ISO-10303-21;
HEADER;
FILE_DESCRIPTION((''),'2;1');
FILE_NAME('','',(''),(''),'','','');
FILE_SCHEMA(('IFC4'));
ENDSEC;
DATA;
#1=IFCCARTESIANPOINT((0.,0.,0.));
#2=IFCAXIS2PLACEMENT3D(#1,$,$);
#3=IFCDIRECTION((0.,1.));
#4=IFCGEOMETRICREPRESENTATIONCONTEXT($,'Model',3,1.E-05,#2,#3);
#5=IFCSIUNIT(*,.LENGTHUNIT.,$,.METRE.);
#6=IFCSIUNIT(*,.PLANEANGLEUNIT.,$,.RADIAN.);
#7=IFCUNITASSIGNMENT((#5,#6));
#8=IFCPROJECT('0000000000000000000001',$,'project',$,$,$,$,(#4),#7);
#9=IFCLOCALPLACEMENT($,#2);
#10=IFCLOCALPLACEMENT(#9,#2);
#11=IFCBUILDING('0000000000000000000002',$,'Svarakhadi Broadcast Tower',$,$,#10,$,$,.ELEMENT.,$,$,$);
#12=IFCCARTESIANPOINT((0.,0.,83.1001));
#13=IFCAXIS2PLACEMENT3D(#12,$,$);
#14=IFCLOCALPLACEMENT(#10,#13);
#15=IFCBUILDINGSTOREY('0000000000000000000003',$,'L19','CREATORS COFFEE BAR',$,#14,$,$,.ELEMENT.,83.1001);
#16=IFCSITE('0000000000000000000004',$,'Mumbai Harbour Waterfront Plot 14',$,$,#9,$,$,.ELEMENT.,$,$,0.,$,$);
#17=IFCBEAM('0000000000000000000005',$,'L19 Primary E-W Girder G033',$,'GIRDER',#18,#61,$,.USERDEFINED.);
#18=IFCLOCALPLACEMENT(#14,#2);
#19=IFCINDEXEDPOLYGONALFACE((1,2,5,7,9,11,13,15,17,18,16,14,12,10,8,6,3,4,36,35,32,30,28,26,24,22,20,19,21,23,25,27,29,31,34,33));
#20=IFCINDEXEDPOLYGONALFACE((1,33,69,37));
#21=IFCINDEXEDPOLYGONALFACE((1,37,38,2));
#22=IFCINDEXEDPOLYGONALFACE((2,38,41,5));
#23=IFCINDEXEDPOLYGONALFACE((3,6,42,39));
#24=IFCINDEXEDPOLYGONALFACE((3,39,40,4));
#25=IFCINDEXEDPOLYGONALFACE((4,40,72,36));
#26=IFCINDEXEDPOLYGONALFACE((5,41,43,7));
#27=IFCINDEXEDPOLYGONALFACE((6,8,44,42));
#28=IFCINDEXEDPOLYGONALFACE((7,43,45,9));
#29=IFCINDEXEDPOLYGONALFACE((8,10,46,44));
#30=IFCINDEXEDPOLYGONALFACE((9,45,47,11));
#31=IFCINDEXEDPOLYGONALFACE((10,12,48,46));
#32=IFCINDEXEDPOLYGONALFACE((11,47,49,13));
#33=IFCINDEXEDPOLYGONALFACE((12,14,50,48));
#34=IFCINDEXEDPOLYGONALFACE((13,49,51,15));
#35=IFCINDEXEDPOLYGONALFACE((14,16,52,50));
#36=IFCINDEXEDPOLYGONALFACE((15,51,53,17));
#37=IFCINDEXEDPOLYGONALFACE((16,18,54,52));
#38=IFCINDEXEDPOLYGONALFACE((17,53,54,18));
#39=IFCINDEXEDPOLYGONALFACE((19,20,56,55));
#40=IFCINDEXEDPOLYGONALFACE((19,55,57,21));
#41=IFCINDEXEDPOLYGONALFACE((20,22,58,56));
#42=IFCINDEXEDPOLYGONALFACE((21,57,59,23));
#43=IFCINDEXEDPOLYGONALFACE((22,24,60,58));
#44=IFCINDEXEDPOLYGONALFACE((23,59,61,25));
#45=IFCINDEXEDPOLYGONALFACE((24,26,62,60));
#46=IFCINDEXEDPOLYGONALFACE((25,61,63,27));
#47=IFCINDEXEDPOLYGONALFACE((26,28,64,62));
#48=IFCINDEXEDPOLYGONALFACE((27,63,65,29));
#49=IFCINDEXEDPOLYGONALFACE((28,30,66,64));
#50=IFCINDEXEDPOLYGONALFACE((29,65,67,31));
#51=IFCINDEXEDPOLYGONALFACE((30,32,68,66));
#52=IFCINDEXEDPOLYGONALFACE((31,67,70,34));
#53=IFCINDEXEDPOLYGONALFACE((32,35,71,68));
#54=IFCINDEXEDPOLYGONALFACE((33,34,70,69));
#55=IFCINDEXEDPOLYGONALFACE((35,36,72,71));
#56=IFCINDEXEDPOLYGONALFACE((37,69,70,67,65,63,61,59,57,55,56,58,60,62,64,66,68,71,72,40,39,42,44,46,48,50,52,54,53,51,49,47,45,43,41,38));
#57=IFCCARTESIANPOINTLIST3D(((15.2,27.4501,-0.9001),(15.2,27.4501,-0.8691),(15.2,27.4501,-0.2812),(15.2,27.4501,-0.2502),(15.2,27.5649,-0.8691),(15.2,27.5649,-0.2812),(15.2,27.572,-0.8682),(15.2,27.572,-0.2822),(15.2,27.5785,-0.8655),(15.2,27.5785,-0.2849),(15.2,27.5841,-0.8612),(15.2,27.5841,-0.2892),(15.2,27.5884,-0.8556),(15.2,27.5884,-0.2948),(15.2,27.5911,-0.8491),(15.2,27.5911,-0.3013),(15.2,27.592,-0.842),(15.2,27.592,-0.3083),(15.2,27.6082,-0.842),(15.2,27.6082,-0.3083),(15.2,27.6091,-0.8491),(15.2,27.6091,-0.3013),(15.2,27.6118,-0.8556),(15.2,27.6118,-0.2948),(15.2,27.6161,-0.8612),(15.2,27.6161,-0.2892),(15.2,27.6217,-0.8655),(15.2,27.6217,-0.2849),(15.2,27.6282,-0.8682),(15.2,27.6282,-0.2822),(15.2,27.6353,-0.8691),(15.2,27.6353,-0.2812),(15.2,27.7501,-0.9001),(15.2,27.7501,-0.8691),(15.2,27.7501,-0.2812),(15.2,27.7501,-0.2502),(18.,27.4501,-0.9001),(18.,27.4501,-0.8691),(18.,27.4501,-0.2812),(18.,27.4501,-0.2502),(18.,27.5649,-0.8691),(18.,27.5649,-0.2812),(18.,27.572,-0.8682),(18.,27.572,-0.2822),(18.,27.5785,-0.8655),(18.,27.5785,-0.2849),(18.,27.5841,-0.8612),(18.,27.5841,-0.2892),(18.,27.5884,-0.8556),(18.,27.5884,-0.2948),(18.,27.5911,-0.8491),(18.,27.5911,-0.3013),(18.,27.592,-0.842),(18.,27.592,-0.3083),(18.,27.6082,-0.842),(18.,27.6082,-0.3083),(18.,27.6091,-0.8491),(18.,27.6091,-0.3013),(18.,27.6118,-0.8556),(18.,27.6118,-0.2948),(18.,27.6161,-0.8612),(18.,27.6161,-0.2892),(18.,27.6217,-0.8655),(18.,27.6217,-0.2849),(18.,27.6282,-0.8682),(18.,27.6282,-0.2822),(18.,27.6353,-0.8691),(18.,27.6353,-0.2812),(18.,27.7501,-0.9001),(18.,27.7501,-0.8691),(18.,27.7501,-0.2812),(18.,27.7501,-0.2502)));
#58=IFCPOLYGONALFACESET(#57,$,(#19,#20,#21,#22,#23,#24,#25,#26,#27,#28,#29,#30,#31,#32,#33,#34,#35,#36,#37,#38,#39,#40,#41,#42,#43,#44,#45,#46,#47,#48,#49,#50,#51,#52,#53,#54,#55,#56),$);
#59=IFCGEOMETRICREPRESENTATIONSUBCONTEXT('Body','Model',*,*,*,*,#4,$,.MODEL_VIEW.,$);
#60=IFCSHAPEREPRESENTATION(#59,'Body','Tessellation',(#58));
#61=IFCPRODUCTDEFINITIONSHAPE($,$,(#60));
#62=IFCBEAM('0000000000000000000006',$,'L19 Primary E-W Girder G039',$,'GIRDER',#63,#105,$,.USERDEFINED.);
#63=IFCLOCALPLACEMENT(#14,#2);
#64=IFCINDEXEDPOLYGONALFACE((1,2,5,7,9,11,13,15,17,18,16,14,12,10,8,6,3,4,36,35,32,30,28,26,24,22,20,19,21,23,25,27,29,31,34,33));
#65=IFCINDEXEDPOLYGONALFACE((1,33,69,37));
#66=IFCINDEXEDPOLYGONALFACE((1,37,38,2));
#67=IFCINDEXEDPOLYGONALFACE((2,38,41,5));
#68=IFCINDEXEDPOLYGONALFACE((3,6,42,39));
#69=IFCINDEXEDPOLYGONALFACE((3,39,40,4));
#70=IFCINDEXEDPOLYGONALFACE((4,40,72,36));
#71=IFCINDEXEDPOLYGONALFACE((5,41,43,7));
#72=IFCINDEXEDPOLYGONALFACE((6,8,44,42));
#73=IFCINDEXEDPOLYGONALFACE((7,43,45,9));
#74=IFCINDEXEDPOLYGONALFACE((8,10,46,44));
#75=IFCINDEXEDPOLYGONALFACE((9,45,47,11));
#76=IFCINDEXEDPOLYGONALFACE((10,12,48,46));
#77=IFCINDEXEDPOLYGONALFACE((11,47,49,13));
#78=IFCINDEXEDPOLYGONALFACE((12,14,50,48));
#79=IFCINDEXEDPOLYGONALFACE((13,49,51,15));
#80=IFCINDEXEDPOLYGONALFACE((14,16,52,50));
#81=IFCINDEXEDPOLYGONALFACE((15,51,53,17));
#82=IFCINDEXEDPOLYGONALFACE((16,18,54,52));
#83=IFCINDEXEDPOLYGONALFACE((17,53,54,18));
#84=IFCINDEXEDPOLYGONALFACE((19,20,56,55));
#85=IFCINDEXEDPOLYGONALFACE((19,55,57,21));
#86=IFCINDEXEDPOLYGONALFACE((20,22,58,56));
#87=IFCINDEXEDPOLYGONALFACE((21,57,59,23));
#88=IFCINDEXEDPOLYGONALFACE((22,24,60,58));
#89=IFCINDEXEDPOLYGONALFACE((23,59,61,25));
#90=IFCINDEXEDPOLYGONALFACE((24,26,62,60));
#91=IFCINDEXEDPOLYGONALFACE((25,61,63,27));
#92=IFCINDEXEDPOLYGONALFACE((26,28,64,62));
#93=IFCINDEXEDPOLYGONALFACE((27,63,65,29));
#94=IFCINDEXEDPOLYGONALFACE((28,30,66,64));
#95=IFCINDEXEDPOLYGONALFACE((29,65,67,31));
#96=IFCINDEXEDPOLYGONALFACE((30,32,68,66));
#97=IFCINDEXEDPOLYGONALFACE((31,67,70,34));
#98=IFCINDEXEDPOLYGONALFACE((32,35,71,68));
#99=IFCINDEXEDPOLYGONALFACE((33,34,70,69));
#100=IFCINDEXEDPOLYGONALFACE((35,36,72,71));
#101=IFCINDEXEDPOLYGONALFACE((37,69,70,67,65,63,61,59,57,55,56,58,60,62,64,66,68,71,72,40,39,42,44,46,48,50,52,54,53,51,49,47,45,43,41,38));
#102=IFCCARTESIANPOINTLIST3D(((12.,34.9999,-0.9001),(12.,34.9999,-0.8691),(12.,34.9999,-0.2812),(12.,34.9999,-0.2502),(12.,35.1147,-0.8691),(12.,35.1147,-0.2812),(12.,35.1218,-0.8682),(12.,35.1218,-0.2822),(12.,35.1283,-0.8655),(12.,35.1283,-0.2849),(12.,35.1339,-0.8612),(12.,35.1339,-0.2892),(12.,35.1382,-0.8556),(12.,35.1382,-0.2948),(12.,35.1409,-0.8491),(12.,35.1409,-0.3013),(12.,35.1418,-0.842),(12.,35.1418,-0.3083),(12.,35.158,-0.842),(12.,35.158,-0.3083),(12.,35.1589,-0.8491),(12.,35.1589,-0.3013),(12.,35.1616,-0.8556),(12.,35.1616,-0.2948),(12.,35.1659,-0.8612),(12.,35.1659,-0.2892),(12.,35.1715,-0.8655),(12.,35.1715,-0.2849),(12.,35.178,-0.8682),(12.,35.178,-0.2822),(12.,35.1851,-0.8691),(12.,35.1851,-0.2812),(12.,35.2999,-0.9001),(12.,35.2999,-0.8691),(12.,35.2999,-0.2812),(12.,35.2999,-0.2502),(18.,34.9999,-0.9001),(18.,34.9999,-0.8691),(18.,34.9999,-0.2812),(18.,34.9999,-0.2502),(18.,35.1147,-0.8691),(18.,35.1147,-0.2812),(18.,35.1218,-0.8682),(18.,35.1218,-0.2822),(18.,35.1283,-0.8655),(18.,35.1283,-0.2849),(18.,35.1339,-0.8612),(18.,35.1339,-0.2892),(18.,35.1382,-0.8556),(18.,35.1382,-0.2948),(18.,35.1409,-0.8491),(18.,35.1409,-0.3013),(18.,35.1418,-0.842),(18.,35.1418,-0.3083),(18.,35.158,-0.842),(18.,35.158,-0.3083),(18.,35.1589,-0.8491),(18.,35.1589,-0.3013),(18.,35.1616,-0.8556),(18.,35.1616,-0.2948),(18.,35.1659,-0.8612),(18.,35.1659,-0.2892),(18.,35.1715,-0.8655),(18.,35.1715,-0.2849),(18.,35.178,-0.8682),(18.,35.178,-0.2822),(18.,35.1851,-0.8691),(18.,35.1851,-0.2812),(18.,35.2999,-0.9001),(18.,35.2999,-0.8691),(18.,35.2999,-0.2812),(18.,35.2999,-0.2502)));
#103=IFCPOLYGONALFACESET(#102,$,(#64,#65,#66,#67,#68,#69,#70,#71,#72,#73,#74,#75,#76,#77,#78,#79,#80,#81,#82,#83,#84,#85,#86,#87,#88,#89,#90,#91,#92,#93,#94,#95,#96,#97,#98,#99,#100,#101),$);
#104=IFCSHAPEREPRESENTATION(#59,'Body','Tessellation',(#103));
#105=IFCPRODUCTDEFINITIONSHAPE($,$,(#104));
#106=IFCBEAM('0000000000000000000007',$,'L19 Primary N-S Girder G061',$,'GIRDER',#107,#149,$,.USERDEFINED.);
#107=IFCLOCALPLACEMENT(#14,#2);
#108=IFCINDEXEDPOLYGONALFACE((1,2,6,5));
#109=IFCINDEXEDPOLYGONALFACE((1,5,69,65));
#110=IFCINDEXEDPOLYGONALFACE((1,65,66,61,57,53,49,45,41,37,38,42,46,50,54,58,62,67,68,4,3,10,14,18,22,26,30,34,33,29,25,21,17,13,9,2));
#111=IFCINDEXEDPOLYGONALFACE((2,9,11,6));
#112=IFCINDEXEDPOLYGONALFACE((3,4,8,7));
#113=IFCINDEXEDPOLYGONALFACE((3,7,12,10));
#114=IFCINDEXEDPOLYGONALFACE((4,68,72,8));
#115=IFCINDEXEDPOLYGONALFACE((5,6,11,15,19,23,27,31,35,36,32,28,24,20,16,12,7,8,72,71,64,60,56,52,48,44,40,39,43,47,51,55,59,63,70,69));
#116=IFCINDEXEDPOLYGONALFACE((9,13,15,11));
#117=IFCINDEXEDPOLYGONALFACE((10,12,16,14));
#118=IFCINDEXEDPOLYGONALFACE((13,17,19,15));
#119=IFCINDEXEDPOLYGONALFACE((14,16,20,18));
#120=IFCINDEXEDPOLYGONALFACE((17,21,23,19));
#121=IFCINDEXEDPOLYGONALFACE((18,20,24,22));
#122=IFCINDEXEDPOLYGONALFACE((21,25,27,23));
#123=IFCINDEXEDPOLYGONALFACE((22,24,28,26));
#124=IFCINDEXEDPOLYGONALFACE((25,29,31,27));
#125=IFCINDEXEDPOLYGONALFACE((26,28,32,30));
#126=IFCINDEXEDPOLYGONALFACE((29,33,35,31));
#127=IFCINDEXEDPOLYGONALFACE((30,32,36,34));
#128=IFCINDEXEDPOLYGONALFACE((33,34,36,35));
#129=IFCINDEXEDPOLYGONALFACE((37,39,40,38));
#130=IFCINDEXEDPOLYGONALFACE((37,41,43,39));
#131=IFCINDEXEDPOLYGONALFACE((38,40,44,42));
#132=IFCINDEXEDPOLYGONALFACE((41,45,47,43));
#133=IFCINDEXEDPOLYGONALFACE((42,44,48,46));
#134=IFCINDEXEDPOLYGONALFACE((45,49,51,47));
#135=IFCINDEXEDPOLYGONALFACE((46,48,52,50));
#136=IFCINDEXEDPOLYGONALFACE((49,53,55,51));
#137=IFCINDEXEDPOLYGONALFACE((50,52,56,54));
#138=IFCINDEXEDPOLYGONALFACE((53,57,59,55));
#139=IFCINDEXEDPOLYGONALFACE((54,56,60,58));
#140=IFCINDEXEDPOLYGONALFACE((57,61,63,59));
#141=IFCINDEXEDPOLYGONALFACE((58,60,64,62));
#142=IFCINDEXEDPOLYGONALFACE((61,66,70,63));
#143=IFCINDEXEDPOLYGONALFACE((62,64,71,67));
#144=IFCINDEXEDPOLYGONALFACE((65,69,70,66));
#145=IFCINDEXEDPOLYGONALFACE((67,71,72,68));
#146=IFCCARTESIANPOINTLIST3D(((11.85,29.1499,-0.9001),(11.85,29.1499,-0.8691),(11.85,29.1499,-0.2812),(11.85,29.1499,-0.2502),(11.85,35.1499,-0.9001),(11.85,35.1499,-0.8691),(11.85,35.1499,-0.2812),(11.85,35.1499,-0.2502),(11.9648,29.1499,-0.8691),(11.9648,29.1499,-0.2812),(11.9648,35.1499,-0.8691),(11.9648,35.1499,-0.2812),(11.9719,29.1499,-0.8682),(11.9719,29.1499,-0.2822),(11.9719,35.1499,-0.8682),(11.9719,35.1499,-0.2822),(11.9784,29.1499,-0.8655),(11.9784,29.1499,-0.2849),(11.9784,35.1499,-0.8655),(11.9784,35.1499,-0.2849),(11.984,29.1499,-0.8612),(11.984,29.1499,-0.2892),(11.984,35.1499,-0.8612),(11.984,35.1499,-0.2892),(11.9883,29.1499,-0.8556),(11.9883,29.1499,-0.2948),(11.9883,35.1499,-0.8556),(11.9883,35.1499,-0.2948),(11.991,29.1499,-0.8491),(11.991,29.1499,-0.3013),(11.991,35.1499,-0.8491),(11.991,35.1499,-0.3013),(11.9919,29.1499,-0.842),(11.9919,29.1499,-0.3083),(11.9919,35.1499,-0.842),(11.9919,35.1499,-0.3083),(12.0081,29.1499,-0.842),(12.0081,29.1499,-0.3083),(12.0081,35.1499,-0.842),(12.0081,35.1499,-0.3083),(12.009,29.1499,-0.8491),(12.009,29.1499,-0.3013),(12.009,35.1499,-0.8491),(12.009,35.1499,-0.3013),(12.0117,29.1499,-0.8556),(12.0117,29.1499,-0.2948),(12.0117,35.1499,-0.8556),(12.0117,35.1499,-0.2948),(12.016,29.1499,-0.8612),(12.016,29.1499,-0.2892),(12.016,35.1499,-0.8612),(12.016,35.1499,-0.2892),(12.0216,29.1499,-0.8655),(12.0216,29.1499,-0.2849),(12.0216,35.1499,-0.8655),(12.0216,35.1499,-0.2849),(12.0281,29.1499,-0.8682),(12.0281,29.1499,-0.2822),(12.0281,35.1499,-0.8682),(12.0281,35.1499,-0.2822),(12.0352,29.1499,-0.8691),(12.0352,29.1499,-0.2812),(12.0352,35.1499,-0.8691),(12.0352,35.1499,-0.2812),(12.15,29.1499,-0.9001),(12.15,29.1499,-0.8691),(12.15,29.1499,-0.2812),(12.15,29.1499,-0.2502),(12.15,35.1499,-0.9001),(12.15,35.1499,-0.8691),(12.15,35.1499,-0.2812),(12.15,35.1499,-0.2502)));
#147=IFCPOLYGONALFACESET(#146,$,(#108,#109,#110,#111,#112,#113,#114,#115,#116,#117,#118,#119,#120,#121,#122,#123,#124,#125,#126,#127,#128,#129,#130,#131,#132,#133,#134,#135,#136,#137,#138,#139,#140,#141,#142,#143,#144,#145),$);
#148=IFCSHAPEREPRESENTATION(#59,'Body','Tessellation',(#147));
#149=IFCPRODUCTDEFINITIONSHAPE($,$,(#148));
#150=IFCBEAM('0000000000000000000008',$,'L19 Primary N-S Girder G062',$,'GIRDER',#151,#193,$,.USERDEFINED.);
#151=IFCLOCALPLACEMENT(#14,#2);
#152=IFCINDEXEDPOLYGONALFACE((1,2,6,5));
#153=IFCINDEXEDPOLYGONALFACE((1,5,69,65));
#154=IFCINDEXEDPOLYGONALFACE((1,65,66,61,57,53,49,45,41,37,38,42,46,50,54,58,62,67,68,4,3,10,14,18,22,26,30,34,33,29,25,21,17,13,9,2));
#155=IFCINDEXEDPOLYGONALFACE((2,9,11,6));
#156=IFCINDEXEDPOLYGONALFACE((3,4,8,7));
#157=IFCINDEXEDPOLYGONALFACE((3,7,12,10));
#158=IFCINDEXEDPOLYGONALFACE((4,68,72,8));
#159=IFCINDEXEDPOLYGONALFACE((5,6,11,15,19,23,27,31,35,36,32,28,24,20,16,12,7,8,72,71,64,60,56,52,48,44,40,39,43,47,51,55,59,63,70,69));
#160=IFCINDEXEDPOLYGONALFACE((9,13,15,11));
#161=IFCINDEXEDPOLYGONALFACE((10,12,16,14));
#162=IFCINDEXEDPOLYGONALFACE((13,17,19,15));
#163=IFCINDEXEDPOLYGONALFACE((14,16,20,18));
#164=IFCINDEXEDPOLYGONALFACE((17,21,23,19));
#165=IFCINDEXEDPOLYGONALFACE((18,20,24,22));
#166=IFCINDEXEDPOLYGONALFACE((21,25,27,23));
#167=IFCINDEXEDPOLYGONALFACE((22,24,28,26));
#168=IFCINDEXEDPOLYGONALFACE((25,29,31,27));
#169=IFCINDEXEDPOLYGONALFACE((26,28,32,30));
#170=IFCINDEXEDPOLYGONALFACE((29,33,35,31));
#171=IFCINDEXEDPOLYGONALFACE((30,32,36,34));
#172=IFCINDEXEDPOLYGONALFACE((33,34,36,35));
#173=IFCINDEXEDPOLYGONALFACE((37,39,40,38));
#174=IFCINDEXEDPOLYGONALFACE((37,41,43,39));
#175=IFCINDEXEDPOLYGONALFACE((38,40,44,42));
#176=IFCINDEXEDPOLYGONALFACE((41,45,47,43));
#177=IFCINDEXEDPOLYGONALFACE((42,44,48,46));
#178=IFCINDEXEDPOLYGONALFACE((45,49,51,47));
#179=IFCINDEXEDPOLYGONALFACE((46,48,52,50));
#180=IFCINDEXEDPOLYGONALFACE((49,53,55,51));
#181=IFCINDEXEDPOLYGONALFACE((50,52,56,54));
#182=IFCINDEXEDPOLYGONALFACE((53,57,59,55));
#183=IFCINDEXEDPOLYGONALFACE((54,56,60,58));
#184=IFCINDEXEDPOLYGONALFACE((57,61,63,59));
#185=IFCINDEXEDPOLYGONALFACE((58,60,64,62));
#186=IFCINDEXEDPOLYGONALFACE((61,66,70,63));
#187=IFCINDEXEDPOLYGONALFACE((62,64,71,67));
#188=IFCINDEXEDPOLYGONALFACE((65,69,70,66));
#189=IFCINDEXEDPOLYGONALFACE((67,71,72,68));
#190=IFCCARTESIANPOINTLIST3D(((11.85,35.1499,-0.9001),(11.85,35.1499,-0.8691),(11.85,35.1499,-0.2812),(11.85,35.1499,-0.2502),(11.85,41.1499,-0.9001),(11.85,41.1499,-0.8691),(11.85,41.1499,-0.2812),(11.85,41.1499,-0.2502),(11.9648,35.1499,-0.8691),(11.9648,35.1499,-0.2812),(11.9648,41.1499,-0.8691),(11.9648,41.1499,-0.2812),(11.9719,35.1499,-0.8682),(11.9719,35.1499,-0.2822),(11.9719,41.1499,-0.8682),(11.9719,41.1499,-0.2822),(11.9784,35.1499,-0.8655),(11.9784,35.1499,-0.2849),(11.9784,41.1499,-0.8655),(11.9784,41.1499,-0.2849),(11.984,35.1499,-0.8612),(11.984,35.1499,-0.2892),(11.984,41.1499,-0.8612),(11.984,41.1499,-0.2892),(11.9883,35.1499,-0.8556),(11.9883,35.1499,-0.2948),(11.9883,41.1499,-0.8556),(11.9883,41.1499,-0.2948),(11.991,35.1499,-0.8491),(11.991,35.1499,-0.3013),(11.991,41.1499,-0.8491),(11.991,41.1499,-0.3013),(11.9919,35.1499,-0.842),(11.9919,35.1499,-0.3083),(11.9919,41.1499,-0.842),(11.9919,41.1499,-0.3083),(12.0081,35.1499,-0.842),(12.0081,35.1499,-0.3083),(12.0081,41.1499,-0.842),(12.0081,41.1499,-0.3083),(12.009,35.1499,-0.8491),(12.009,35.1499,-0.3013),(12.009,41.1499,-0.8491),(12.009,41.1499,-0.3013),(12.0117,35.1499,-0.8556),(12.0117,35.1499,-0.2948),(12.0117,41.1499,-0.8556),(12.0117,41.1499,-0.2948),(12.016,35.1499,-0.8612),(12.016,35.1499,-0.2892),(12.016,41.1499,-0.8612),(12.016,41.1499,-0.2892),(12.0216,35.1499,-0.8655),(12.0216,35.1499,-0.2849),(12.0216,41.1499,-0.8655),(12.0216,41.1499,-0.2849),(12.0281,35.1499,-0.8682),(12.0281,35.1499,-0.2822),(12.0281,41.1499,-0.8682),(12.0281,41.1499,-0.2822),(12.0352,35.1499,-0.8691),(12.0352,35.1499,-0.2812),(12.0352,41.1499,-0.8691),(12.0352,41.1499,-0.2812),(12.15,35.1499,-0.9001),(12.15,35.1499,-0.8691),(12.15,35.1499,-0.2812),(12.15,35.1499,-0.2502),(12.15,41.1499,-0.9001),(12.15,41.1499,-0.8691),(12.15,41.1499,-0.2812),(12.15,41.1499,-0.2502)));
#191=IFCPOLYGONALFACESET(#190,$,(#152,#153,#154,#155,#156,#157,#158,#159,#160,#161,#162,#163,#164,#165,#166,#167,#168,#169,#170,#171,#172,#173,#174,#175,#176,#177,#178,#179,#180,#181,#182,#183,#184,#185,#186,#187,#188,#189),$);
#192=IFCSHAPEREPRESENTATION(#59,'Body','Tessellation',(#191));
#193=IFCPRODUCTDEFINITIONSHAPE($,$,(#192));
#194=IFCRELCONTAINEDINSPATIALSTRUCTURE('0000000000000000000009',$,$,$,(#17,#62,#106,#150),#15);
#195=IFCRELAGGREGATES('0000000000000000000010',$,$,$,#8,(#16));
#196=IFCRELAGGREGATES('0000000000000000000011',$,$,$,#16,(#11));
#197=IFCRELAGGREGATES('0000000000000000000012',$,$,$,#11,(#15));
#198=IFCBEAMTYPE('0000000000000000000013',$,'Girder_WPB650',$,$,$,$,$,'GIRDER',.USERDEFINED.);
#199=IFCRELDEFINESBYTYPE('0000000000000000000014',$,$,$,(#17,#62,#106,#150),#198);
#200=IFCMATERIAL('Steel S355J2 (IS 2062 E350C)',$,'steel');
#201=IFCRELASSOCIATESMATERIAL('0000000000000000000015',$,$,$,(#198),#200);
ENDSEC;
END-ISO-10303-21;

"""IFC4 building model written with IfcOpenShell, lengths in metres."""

from ifc_helpers import new_model, si_unit, direction, frame, origin, origin_2d, place, context, subcontext, project, spatial, i_section, extrude, material, material_profile, profile_set, type_object, element, save


model = new_model("IFC4")

# Units and contexts
model_context = context("Model", 3, precision=1e-05, world=origin(), true_north=direction((0.0, 1.0)))
body_context = subcontext(model_context, "Body", "Model", "MODEL_VIEW")
ifc_project = project(units=[si_unit("LENGTHUNIT", "METRE"), si_unit("PLANEANGLEUNIT", "RADIAN")], contexts=[model_context])

# Site, building, storey
site_placement = place(None, origin())
site = spatial("IfcSite", under=ifc_project, at=site_placement, Name="Mumbai Harbour Waterfront Plot 14", CompositionType="ELEMENT", RefElevation=0.0)
building_placement = place(site_placement, origin())
building = spatial("IfcBuilding", under=site, at=building_placement, Name="Svarakhadi Broadcast Tower", CompositionType="ELEMENT")
storey_placement = place(building_placement, frame((0.0, 0.0, 83.1001)))
storey = spatial("IfcBuildingStorey", under=building, at=storey_placement, Name="L19", Description="CREATORS COFFEE BAR", CompositionType="ELEMENT", Elevation=83.1001)

# Beams
ifc_material_1 = material(Name="Steel S355J2 (IS 2062 E350C)", Category="steel")
ifc_material_profile_1 = material_profile(ifc_material_1, i_section(OverallWidth=0.3, OverallDepth=0.6499, WebThickness=0.0161, FlangeThickness=0.031, FilletRadius=0.0271, at=origin_2d()), Name="WPB 650x300x225")
ifc_profile_set_1 = profile_set([ifc_material_profile_1], Name="Steel S355J2 (IS 2062 E350C)")
beam_type_1 = type_object("IfcBeamType", Name="Girder_WPB650", ElementType="GIRDER", PredefinedType="USERDEFINED", material=ifc_profile_set_1)
beam_1_placement = place(storey_placement, frame((15.2, 27.6001, -0.5752), z_axis=(1.0, 0.0, 0.0), x_axis=(0.0, 1.0, 0.0)))
element("IfcBeam", 1, at=beam_1_placement, inside=storey, type_object=beam_type_1, Name="L19 Primary E-W Girder G033", ObjectType="GIRDER", PredefinedType="USERDEFINED", context=body_context, shape_type="SweptSolid", body=[
    extrude(i_section(OverallWidth=0.3, OverallDepth=0.6499, WebThickness=0.0161, FlangeThickness=0.031, FilletRadius=0.0271, at=origin_2d()), origin(), (0.0, 0.0, 1.0), 2.8),
])
for number, where, z_axis, x_axis, name in (
    (2, (12.0, 35.1499, -0.5752), (1.0, 0.0, 0.0), (0.0, 1.0, 0.0), "L19 Primary E-W Girder G039"),
    (3, (12.0, 29.1499, -0.5752), (0.0, 1.0, 0.0), (-1.0, 0.0, 0.0), "L19 Primary N-S Girder G061"),
    (4, (12.0, 35.1499, -0.5752), (0.0, 1.0, 0.0), (-1.0, 0.0, 0.0), "L19 Primary N-S Girder G062"),
):
    element("IfcBeam", number, at=place(storey_placement, frame(where, z_axis=z_axis, x_axis=x_axis)), inside=storey, type_object=beam_type_1, Name=name, ObjectType="GIRDER", PredefinedType="USERDEFINED", context=body_context, shape_type="SweptSolid", body=[
        extrude(i_section(OverallWidth=0.3, OverallDepth=0.6499, WebThickness=0.0161, FlangeThickness=0.031, FilletRadius=0.0271, at=origin_2d()), origin(), (0.0, 0.0, 1.0), 6.0),
    ])

save(model, "model.ifc")
